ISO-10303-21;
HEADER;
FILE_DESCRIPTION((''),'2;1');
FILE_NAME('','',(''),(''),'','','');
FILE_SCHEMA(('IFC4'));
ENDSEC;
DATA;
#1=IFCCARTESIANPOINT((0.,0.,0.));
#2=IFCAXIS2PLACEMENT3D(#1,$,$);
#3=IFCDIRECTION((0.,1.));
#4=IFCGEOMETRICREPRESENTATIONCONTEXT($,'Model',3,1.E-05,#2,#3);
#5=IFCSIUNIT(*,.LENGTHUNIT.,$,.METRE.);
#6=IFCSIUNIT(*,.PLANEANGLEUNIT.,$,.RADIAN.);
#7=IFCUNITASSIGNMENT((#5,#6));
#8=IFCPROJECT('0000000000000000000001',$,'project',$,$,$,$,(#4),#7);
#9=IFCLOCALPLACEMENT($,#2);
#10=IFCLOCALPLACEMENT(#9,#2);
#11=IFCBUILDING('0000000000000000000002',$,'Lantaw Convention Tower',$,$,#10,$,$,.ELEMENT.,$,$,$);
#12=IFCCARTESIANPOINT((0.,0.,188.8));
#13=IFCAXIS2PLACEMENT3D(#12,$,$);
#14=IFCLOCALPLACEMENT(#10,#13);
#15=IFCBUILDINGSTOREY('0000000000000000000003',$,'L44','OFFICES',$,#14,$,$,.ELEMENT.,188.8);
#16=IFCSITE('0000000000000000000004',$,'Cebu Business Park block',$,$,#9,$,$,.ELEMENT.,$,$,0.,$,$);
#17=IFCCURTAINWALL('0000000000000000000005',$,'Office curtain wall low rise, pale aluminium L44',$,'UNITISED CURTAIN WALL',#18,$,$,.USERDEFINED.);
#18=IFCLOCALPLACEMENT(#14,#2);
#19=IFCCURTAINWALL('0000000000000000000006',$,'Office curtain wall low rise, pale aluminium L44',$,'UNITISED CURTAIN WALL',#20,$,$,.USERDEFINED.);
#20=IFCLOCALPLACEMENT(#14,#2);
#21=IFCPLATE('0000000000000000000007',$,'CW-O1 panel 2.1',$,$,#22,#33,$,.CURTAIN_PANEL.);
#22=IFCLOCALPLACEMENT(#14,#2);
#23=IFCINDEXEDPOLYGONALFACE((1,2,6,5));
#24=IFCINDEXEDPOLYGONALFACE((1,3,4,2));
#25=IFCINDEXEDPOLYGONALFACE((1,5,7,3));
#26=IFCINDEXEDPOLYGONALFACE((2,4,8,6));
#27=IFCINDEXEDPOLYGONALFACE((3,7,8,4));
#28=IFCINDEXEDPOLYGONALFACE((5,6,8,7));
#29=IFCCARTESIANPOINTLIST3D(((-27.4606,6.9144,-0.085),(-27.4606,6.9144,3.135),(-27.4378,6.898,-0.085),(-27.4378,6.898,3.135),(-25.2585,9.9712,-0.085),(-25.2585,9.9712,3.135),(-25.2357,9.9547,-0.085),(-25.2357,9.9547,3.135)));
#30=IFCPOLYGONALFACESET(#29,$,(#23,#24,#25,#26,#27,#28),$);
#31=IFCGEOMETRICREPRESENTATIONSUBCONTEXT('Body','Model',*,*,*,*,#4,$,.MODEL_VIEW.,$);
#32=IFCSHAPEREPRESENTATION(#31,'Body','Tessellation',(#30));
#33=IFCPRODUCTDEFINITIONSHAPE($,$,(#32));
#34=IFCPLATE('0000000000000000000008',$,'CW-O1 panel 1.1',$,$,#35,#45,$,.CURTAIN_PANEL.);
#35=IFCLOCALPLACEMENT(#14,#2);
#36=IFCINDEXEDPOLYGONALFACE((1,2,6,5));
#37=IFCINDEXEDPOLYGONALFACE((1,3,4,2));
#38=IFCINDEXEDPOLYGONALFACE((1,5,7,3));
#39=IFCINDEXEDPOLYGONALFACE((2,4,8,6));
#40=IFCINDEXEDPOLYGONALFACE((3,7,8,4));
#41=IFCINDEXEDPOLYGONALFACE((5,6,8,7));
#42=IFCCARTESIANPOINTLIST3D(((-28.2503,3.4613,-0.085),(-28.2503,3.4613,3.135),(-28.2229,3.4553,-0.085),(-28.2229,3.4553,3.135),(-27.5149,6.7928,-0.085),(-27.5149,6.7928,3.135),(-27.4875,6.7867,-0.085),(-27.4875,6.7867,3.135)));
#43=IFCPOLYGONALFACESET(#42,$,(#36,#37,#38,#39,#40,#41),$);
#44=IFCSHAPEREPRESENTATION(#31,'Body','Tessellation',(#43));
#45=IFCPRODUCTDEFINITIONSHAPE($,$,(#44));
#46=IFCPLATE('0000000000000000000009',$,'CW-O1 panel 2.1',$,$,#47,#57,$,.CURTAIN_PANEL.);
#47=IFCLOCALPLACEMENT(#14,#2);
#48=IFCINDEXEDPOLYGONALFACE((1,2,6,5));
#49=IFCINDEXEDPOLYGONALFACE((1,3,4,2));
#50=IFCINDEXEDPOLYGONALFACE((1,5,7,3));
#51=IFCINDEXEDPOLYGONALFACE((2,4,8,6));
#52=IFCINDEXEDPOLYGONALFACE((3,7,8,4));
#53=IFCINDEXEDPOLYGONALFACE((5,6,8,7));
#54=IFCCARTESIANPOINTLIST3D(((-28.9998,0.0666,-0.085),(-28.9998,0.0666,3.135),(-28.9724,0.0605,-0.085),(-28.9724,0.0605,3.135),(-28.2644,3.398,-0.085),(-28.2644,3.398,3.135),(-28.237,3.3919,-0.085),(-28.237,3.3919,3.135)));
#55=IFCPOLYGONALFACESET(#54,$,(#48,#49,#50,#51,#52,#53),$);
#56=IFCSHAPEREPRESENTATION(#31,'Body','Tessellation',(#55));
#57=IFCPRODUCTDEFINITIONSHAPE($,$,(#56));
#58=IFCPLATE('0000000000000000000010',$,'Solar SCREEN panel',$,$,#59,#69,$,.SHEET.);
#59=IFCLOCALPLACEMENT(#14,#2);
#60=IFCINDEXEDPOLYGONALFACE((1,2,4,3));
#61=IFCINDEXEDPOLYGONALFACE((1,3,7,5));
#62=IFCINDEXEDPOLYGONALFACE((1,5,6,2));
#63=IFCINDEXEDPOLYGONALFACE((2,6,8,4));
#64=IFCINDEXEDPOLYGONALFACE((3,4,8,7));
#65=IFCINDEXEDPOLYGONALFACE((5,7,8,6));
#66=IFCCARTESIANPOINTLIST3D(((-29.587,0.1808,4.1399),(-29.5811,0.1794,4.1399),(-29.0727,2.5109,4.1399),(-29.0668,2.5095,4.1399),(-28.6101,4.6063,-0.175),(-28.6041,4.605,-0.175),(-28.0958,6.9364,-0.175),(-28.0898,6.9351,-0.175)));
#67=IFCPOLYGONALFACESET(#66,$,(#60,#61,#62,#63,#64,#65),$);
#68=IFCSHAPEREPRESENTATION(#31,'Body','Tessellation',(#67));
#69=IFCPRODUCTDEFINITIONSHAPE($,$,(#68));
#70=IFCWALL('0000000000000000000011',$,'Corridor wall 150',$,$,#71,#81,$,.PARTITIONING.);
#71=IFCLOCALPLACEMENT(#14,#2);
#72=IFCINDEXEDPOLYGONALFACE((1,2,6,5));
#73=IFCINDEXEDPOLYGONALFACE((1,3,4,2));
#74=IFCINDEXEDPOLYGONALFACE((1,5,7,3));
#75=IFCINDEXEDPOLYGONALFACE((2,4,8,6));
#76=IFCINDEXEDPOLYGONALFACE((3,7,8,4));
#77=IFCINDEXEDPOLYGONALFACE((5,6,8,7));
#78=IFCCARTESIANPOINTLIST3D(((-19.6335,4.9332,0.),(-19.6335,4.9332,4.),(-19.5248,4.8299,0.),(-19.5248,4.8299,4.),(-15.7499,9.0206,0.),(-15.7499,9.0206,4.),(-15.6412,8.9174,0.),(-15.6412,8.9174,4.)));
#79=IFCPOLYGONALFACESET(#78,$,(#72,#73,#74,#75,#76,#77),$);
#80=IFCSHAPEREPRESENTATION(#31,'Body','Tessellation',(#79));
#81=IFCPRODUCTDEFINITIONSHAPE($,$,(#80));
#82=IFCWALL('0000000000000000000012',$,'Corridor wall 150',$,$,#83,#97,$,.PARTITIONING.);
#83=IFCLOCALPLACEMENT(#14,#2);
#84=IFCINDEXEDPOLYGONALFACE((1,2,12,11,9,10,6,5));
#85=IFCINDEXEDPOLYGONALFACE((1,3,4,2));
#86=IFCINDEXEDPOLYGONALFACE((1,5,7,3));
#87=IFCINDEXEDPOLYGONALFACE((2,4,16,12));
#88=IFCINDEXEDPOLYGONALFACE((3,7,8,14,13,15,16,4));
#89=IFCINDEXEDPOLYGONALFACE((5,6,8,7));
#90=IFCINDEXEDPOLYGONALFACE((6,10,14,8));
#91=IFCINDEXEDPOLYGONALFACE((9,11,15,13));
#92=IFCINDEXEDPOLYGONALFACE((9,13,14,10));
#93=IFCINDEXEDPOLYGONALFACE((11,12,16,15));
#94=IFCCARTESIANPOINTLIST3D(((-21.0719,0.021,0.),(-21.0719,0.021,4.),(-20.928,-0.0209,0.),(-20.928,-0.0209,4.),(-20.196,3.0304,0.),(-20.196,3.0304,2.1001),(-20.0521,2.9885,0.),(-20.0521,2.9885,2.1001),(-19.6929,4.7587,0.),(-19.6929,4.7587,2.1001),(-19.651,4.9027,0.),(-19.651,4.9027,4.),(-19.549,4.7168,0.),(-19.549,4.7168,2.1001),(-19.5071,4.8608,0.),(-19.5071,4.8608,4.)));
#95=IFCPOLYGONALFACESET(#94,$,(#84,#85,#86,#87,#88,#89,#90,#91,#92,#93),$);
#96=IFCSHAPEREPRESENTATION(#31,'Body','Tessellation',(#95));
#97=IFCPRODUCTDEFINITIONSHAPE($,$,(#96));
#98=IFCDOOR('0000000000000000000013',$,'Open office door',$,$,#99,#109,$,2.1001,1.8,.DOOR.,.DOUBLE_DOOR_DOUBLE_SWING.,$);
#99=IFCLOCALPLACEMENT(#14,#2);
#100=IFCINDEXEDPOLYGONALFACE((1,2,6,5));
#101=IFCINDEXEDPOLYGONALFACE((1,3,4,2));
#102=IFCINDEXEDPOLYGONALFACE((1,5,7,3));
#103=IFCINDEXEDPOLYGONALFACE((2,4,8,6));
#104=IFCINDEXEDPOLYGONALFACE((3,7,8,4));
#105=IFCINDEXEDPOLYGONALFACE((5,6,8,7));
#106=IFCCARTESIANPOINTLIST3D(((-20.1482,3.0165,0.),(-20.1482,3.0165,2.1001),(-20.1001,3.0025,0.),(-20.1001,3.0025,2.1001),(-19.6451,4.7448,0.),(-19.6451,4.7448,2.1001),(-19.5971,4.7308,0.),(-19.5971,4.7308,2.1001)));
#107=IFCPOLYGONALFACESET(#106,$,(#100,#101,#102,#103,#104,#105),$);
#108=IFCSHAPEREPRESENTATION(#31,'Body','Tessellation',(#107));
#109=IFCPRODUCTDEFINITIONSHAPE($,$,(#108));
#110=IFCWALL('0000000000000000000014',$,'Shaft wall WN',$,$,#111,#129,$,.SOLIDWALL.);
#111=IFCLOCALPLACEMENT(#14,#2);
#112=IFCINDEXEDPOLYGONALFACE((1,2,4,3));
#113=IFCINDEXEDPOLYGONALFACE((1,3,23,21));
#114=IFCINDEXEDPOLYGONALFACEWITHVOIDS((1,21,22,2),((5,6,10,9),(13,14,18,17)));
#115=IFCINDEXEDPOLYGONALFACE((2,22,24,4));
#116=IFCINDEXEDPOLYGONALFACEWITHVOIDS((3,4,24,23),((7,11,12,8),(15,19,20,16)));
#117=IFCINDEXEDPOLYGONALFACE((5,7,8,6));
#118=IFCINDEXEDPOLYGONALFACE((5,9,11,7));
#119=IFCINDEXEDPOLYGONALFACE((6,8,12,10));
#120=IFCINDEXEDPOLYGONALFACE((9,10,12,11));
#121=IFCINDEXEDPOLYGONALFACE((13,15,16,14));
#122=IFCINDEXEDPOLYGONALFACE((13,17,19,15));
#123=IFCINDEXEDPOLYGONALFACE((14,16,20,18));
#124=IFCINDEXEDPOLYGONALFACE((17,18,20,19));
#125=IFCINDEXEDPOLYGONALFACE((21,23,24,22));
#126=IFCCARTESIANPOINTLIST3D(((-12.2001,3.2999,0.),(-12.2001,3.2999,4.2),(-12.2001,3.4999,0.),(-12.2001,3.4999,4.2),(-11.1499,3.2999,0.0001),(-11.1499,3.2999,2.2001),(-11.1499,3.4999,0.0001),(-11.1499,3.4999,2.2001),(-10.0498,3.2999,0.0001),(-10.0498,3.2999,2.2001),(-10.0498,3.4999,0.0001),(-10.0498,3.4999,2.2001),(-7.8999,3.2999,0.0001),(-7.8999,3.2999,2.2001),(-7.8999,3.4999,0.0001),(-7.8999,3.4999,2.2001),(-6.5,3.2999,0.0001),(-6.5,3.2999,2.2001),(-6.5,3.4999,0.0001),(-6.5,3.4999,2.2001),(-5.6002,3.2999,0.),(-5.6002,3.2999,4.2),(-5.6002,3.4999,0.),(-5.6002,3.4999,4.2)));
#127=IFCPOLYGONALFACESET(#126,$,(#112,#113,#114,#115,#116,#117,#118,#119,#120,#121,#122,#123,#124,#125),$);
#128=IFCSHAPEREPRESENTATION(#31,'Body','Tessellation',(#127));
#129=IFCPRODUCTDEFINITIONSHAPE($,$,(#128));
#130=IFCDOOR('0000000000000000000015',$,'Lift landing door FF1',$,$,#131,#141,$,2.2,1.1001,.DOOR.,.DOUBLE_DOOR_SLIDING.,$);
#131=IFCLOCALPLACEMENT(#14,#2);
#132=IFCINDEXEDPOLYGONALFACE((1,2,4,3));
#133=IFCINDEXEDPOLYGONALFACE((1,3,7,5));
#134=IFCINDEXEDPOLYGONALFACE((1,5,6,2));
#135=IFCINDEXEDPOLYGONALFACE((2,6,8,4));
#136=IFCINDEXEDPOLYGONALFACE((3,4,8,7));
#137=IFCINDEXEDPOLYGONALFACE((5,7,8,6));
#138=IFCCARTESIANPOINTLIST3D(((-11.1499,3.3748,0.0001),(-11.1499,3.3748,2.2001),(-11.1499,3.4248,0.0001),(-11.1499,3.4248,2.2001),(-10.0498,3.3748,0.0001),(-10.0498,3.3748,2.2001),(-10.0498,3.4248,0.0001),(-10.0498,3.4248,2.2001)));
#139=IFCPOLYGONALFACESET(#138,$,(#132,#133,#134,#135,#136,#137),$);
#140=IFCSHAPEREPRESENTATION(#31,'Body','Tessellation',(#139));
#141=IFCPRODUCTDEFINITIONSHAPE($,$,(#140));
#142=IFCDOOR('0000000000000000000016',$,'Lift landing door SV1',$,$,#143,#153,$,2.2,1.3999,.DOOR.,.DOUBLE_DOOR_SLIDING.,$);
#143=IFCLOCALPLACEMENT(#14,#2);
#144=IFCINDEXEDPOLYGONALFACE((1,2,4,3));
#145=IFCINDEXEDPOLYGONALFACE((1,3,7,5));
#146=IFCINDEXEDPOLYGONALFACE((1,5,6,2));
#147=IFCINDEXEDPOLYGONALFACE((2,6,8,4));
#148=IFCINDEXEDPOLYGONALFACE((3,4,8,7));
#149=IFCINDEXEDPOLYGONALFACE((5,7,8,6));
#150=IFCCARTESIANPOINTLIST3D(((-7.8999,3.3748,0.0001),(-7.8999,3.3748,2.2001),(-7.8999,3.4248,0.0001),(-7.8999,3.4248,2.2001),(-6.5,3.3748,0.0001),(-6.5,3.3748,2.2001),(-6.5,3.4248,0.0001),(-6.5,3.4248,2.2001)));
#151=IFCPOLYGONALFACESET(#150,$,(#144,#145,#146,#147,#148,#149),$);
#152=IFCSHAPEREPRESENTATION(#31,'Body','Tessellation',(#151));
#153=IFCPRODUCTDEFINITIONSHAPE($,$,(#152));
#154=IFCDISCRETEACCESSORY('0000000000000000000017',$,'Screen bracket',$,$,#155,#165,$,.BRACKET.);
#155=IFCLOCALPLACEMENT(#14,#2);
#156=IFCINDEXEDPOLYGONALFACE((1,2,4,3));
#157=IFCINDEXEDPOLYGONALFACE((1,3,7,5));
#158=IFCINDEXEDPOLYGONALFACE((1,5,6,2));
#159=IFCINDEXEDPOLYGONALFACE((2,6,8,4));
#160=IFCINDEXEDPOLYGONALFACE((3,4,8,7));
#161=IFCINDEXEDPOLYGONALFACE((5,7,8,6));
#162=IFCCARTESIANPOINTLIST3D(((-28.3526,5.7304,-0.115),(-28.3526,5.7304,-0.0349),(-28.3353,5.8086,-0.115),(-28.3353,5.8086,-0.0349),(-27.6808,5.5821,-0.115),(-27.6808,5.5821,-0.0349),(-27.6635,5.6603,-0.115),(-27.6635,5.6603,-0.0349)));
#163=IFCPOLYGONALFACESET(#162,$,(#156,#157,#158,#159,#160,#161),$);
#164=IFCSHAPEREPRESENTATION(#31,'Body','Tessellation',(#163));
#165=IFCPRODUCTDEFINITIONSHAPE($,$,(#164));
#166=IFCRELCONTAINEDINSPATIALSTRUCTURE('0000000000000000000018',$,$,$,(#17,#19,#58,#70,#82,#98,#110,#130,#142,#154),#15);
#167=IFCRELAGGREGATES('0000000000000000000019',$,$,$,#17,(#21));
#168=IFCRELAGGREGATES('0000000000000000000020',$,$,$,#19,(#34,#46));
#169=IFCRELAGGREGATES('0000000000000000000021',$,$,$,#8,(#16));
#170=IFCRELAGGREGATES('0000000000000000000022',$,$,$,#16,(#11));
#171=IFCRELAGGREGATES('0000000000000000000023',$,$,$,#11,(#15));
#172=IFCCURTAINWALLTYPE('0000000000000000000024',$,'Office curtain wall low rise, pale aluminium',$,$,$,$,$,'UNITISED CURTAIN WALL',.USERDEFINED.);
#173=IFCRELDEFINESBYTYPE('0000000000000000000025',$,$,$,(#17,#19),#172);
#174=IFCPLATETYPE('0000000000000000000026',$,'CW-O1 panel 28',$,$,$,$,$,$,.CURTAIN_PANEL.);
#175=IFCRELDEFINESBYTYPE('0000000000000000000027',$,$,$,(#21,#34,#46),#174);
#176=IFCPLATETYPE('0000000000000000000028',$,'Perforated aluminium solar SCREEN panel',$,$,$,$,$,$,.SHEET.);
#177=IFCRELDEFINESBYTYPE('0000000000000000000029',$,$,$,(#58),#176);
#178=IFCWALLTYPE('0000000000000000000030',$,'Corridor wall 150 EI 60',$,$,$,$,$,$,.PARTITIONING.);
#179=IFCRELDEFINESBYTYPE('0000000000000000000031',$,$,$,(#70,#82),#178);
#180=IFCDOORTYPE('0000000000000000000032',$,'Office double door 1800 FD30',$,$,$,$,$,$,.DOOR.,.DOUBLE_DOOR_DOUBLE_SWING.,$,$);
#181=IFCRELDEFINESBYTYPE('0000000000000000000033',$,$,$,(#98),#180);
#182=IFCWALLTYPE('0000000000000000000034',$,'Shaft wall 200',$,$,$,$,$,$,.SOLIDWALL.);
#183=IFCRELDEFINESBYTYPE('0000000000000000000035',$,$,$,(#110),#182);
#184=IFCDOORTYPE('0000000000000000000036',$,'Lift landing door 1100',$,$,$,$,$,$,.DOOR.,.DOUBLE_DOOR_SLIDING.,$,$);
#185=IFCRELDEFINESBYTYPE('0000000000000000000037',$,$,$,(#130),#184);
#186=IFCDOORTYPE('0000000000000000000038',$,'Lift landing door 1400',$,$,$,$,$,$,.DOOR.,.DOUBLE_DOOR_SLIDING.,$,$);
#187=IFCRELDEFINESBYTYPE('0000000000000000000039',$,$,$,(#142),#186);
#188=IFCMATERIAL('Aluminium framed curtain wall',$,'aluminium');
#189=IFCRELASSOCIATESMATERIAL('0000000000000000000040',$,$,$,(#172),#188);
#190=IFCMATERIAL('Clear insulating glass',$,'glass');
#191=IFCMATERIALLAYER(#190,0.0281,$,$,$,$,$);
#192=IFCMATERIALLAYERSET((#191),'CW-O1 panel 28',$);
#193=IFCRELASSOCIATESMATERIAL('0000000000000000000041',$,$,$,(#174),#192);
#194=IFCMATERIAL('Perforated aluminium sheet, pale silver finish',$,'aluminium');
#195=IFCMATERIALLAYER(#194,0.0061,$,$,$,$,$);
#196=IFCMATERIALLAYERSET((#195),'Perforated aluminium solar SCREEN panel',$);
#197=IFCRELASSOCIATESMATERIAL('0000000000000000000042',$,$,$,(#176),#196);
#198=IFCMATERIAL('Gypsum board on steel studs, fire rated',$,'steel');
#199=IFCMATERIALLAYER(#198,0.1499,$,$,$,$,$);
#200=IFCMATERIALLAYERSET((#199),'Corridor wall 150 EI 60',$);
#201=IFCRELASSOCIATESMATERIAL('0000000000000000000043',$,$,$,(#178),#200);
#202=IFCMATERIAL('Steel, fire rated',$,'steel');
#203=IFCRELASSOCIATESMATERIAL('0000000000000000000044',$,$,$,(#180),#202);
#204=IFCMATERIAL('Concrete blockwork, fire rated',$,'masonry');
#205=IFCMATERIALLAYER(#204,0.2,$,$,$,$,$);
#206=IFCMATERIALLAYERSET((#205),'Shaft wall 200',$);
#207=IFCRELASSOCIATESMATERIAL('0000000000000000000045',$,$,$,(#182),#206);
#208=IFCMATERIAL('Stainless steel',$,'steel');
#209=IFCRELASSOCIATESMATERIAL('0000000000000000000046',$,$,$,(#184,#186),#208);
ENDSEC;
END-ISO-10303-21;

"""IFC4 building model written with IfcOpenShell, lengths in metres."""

from ifc_helpers import new_model, si_unit, direction, frame, frame_2d, origin, origin_2d, place, context, subcontext, project, spatial, polyline, rectangle, outline, extrude, material, layer, layer_set, type_object, element, fill, aggregate, save


model = new_model("IFC4")

# Units and contexts
model_context = context("Model", 3, precision=1e-05, world=origin(), true_north=direction((0.0, 1.0)))
body_context = subcontext(model_context, "Body", "Model", "MODEL_VIEW")
ifc_project = project(units=[si_unit("LENGTHUNIT", "METRE"), si_unit("PLANEANGLEUNIT", "RADIAN")], contexts=[model_context])

# Site, building, storey
site_placement = place(None, origin())
site = spatial("IfcSite", under=ifc_project, at=site_placement, Name="Cebu Business Park block", CompositionType="ELEMENT", RefElevation=0.0)
building_placement = place(site_placement, origin())
building = spatial("IfcBuilding", under=site, at=building_placement, Name="Lantaw Convention Tower", CompositionType="ELEMENT")
storey_placement = place(building_placement, frame((0.0, 0.0, 188.8)))
storey = spatial("IfcBuildingStorey", under=building, at=storey_placement, Name="L44", Description="OFFICES", CompositionType="ELEMENT", Elevation=188.8)

# Curtain wall
ifc_material_1 = material(Name="Aluminium framed curtain wall", Category="aluminium")
curtain_wall_type = type_object("IfcCurtainWallType", Name="Office curtain wall low rise, pale aluminium", ElementType="UNITISED CURTAIN WALL", PredefinedType="USERDEFINED", material=ifc_material_1)
curtain_wall_1_placement = place(storey_placement, origin())
curtain_wall_1 = element("IfcCurtainWall", 1, at=curtain_wall_1_placement, inside=storey, type_object=curtain_wall_type, Name="Office curtain wall low rise, pale aluminium L44", ObjectType="UNITISED CURTAIN WALL", PredefinedType="USERDEFINED")

# Curtain wall
curtain_wall_2_placement = place(storey_placement, origin())
curtain_wall_2 = element("IfcCurtainWall", 2, at=curtain_wall_2_placement, inside=storey, type_object=curtain_wall_type, Name="Office curtain wall low rise, pale aluminium L44", ObjectType="UNITISED CURTAIN WALL", PredefinedType="USERDEFINED")

# Plates
ifc_material_2 = material(Name="Clear insulating glass", Category="glass")
ifc_layer_1 = layer(ifc_material_2, 0.0281)
ifc_layer_set_1 = layer_set([ifc_layer_1], Name="CW-O1 panel 28")
plate_type_1 = type_object("IfcPlateType", Name="CW-O1 panel 28", PredefinedType="CURTAIN_PANEL", material=ifc_layer_set_1)
plate_1_placement = place(storey_placement, frame((-26.3481, 8.4346, -0.085), z_axis=(0.0, 0.0, 1.0), x_axis=(-0.584513, -0.811385, 0.0)))
plate_1 = element("IfcPlate", 3, at=plate_1_placement, type_object=plate_type_1, Name="CW-O1 panel 2.1", PredefinedType="CURTAIN_PANEL", context=body_context, shape_type="SweptSolid", body=[
    extrude(rectangle(XDim=3.7673, YDim=0.0281, at=origin_2d()), origin(), (0.0, 0.0, 1.0), 3.22),
])
aggregate(curtain_wall_1, [plate_1])
plate_2_placement = place(storey_placement, frame((-27.8689, 5.124, -0.085), z_axis=(0.0, 0.0, 1.0), x_axis=(-0.215546, -0.976494, 0.0)))
plate_2 = element("IfcPlate", 4, at=plate_2_placement, type_object=plate_type_1, Name="CW-O1 panel 1.1", PredefinedType="CURTAIN_PANEL", context=body_context, shape_type="SweptSolid", body=[
    extrude(rectangle(XDim=3.4116, YDim=0.0281, at=origin_2d()), origin(), (0.0, 0.0, 1.0), 3.22),
])
plate_3_placement = place(storey_placement, frame((-28.6184, 1.7292, -0.085), z_axis=(0.0, 0.0, 1.0), x_axis=(-0.215546, -0.976494, 0.0)))
plate_3 = element("IfcPlate", 5, at=plate_3_placement, type_object=plate_type_1, Name="CW-O1 panel 2.1", PredefinedType="CURTAIN_PANEL", context=body_context, shape_type="SweptSolid", body=[
    extrude(rectangle(XDim=3.4116, YDim=0.0281, at=origin_2d()), origin(), (0.0, 0.0, 1.0), 3.22),
])
aggregate(curtain_wall_2, [plate_2, plate_3])
ifc_material_3 = material(Name="Perforated aluminium sheet, pale silver finish", Category="aluminium")
ifc_layer_2 = layer(ifc_material_3, 0.0061)
ifc_layer_set_2 = layer_set([ifc_layer_2], Name="Perforated aluminium solar SCREEN panel")
plate_type_2 = type_object("IfcPlateType", Name="Perforated aluminium solar SCREEN panel", PredefinedType="SHEET", material=ifc_layer_set_2)
plate_4_placement = place(storey_placement, frame((-28.0898, 6.9351, -0.175), z_axis=(0.976498, -0.215527, 0.000034), x_axis=(-0.215527, -0.976498, 0.0)))
element("IfcPlate", 6, at=plate_4_placement, inside=storey, type_object=plate_type_2, Name="Solar SCREEN panel", PredefinedType="SHEET", context=body_context, shape_type="SweptSolid", body=[
    extrude(outline(polyline([(0.0, 0.0), (2.3861, 0.0), (6.9182, -4.3149), (4.5321, -4.3149), (0.0, 0.0)])), origin(), (0.0, 0.0, -1.0), 0.0061),
])

# Wall
ifc_material_4 = material(Name="Gypsum board on steel studs, fire rated", Category="steel")
ifc_layer_3 = layer(ifc_material_4, 0.1499)
ifc_layer_set_3 = layer_set([ifc_layer_3], Name="Corridor wall 150 EI 60")
wall_type_1 = type_object("IfcWallType", Name="Corridor wall 150 EI 60", PredefinedType="PARTITIONING", material=ifc_layer_set_3)
wall_1_placement = place(storey_placement, frame((-15.6956, 8.969, 0.0), z_axis=(0.0, 0.0, 1.0), x_axis=(-0.688797, -0.724954, 0.0)))
element("IfcWall", 7, at=wall_1_placement, inside=storey, type_object=wall_type_1, Name="Corridor wall 150", PredefinedType="PARTITIONING", context=body_context, shape_type="SweptSolid", body=[
    extrude(rectangle(XDim=5.6382, YDim=0.1499, at=frame_2d((2.8191, 0.0))), origin(), (0.0, 0.0, 1.0), 4.0),
])

# Wall, opening, door
wall_2_placement = place(storey_placement, frame((-19.5791, 4.8816, 0.0), z_axis=(0.0, 0.0, 1.0), x_axis=(-0.279474, -0.960153, 0.0)))
wall_2 = element("IfcWall", 8, at=wall_2_placement, inside=storey, type_object=wall_type_1, Name="Corridor wall 150", PredefinedType="PARTITIONING", context=body_context, shape_type="SweptSolid", body=[
    extrude(rectangle(XDim=5.0842, YDim=0.1499, at=frame_2d((2.542, 0.0))), origin(), (0.0, 0.0, 1.0), 4.0),
])
opening_1_placement = place(wall_2_placement, frame((0.1499, 0.0, 0.0)))
opening_1 = element("IfcOpeningElement", 9, at=opening_1_placement, cuts=wall_2, PredefinedType="OPENING", context=body_context, shape_type="SweptSolid", body=[
    extrude(rectangle(XDim=1.8, YDim=2.1001, at=frame_2d((0.8999, 1.05))), frame((0.0, 0.085, 0.0), z_axis=(0.0, -1.0, 0.0), x_axis=(1.0, 0.0, 0.0)), (0.0, 0.0, 1.0), 0.1699),
])
ifc_material_5 = material(Name="Steel, fire rated", Category="steel")
door_type_1 = type_object("IfcDoorType", Name="Office double door 1800 FD30", OperationType="DOUBLE_DOOR_DOUBLE_SWING", PredefinedType="DOOR", material=ifc_material_5)
door_1_placement = place(opening_1_placement, origin())
door_1 = element("IfcDoor", 10, at=door_1_placement, inside=storey, type_object=door_type_1, Name="Open office door", OperationType="DOUBLE_DOOR_DOUBLE_SWING", OverallHeight=2.1001, OverallWidth=1.8, PredefinedType="DOOR", context=body_context, shape_type="SweptSolid", body=[
    extrude(rectangle(XDim=1.8, YDim=2.1001, at=frame_2d((0.8999, 1.05))), frame((0.0, 0.0249, 0.0), z_axis=(0.0, -1.0, 0.0), x_axis=(1.0, 0.0, 0.0)), (0.0, 0.0, 1.0), 0.05),
])
fill(opening_1, door_1)

# Wall, openings, doors
ifc_material_6 = material(Name="Concrete blockwork, fire rated", Category="masonry")
ifc_layer_4 = layer(ifc_material_6, 0.2)
ifc_layer_set_4 = layer_set([ifc_layer_4], Name="Shaft wall 200")
wall_type_2 = type_object("IfcWallType", Name="Shaft wall 200", PredefinedType="SOLIDWALL", material=ifc_layer_set_4)
wall_3_placement = place(storey_placement, frame((-12.2, 3.3999, 0.0), z_axis=(0.0, 0.0, 1.0), x_axis=(1.0, 0.0, 0.0)))
wall_3 = element("IfcWall", 11, at=wall_3_placement, inside=storey, type_object=wall_type_2, Name="Shaft wall WN", PredefinedType="SOLIDWALL", context=body_context, shape_type="SweptSolid", body=[
    extrude(rectangle(XDim=6.5999, YDim=0.2, at=frame_2d((3.2998, 0.0))), origin(), (0.0, 0.0, 1.0), 4.2),
])
opening_2_placement = place(wall_3_placement, frame((1.05, 0.0, 0.0)))
opening_2 = element("IfcOpeningElement", 12, at=opening_2_placement, cuts=wall_3, PredefinedType="OPENING", context=body_context, shape_type="SweptSolid", body=[
    extrude(rectangle(XDim=1.1001, YDim=2.2, at=frame_2d((0.55, 1.1001))), frame((0.0, 0.1099, 0.0), z_axis=(0.0, -1.0, 0.0), x_axis=(1.0, 0.0, 0.0)), (0.0, 0.0, 1.0), 0.22),
])
opening_3_placement = place(wall_3_placement, frame((4.3, 0.0, 0.0)))
opening_3 = element("IfcOpeningElement", 13, at=opening_3_placement, cuts=wall_3, PredefinedType="OPENING", context=body_context, shape_type="SweptSolid", body=[
    extrude(rectangle(XDim=1.3999, YDim=2.2, at=frame_2d((0.7, 1.1001))), frame((0.0, 0.1099, 0.0), z_axis=(0.0, -1.0, 0.0), x_axis=(1.0, 0.0, 0.0)), (0.0, 0.0, 1.0), 0.22),
])
ifc_material_7 = material(Name="Stainless steel", Category="steel")
door_type_2 = type_object("IfcDoorType", Name="Lift landing door 1100", OperationType="DOUBLE_DOOR_SLIDING", PredefinedType="DOOR", material=ifc_material_7)
door_2_placement = place(opening_2_placement, origin())
door_2 = element("IfcDoor", 14, at=door_2_placement, inside=storey, type_object=door_type_2, Name="Lift landing door FF1", OperationType="DOUBLE_DOOR_SLIDING", OverallHeight=2.2, OverallWidth=1.1001, PredefinedType="DOOR", context=body_context, shape_type="SweptSolid", body=[
    extrude(rectangle(XDim=1.1001, YDim=2.2, at=frame_2d((0.55, 1.1001))), frame((0.0, 0.0249, 0.0), z_axis=(0.0, -1.0, 0.0), x_axis=(1.0, 0.0, 0.0)), (0.0, 0.0, 1.0), 0.05),
])
fill(opening_2, door_2)
door_type_3 = type_object("IfcDoorType", Name="Lift landing door 1400", OperationType="DOUBLE_DOOR_SLIDING", PredefinedType="DOOR", material=ifc_material_7)
door_3_placement = place(opening_3_placement, origin())
door_3 = element("IfcDoor", 15, at=door_3_placement, inside=storey, type_object=door_type_3, Name="Lift landing door SV1", OperationType="DOUBLE_DOOR_SLIDING", OverallHeight=2.2, OverallWidth=1.3999, PredefinedType="DOOR", context=body_context, shape_type="SweptSolid", body=[
    extrude(rectangle(XDim=1.3999, YDim=2.2, at=frame_2d((0.7, 1.1001))), frame((0.0, 0.0249, 0.0), z_axis=(0.0, -1.0, 0.0), x_axis=(1.0, 0.0, 0.0)), (0.0, 0.0, 1.0), 0.05),
])
fill(opening_3, door_3)

# Discrete accessory
discrete_accessory_placement = place(storey_placement, frame((-28.0081, 5.6953, -0.115), z_axis=(0.0, 0.0, 1.0), x_axis=(-0.215546, -0.976494, 0.0)))
element("IfcDiscreteAccessory", 16, at=discrete_accessory_placement, inside=storey, Name="Screen bracket", PredefinedType="BRACKET", context=body_context, shape_type="SweptSolid", body=[
    extrude(rectangle(XDim=0.0801, YDim=0.688, at=origin_2d()), origin(), (0.0, 0.0, 1.0), 0.0801),
])

save(model, "model.ifc")
